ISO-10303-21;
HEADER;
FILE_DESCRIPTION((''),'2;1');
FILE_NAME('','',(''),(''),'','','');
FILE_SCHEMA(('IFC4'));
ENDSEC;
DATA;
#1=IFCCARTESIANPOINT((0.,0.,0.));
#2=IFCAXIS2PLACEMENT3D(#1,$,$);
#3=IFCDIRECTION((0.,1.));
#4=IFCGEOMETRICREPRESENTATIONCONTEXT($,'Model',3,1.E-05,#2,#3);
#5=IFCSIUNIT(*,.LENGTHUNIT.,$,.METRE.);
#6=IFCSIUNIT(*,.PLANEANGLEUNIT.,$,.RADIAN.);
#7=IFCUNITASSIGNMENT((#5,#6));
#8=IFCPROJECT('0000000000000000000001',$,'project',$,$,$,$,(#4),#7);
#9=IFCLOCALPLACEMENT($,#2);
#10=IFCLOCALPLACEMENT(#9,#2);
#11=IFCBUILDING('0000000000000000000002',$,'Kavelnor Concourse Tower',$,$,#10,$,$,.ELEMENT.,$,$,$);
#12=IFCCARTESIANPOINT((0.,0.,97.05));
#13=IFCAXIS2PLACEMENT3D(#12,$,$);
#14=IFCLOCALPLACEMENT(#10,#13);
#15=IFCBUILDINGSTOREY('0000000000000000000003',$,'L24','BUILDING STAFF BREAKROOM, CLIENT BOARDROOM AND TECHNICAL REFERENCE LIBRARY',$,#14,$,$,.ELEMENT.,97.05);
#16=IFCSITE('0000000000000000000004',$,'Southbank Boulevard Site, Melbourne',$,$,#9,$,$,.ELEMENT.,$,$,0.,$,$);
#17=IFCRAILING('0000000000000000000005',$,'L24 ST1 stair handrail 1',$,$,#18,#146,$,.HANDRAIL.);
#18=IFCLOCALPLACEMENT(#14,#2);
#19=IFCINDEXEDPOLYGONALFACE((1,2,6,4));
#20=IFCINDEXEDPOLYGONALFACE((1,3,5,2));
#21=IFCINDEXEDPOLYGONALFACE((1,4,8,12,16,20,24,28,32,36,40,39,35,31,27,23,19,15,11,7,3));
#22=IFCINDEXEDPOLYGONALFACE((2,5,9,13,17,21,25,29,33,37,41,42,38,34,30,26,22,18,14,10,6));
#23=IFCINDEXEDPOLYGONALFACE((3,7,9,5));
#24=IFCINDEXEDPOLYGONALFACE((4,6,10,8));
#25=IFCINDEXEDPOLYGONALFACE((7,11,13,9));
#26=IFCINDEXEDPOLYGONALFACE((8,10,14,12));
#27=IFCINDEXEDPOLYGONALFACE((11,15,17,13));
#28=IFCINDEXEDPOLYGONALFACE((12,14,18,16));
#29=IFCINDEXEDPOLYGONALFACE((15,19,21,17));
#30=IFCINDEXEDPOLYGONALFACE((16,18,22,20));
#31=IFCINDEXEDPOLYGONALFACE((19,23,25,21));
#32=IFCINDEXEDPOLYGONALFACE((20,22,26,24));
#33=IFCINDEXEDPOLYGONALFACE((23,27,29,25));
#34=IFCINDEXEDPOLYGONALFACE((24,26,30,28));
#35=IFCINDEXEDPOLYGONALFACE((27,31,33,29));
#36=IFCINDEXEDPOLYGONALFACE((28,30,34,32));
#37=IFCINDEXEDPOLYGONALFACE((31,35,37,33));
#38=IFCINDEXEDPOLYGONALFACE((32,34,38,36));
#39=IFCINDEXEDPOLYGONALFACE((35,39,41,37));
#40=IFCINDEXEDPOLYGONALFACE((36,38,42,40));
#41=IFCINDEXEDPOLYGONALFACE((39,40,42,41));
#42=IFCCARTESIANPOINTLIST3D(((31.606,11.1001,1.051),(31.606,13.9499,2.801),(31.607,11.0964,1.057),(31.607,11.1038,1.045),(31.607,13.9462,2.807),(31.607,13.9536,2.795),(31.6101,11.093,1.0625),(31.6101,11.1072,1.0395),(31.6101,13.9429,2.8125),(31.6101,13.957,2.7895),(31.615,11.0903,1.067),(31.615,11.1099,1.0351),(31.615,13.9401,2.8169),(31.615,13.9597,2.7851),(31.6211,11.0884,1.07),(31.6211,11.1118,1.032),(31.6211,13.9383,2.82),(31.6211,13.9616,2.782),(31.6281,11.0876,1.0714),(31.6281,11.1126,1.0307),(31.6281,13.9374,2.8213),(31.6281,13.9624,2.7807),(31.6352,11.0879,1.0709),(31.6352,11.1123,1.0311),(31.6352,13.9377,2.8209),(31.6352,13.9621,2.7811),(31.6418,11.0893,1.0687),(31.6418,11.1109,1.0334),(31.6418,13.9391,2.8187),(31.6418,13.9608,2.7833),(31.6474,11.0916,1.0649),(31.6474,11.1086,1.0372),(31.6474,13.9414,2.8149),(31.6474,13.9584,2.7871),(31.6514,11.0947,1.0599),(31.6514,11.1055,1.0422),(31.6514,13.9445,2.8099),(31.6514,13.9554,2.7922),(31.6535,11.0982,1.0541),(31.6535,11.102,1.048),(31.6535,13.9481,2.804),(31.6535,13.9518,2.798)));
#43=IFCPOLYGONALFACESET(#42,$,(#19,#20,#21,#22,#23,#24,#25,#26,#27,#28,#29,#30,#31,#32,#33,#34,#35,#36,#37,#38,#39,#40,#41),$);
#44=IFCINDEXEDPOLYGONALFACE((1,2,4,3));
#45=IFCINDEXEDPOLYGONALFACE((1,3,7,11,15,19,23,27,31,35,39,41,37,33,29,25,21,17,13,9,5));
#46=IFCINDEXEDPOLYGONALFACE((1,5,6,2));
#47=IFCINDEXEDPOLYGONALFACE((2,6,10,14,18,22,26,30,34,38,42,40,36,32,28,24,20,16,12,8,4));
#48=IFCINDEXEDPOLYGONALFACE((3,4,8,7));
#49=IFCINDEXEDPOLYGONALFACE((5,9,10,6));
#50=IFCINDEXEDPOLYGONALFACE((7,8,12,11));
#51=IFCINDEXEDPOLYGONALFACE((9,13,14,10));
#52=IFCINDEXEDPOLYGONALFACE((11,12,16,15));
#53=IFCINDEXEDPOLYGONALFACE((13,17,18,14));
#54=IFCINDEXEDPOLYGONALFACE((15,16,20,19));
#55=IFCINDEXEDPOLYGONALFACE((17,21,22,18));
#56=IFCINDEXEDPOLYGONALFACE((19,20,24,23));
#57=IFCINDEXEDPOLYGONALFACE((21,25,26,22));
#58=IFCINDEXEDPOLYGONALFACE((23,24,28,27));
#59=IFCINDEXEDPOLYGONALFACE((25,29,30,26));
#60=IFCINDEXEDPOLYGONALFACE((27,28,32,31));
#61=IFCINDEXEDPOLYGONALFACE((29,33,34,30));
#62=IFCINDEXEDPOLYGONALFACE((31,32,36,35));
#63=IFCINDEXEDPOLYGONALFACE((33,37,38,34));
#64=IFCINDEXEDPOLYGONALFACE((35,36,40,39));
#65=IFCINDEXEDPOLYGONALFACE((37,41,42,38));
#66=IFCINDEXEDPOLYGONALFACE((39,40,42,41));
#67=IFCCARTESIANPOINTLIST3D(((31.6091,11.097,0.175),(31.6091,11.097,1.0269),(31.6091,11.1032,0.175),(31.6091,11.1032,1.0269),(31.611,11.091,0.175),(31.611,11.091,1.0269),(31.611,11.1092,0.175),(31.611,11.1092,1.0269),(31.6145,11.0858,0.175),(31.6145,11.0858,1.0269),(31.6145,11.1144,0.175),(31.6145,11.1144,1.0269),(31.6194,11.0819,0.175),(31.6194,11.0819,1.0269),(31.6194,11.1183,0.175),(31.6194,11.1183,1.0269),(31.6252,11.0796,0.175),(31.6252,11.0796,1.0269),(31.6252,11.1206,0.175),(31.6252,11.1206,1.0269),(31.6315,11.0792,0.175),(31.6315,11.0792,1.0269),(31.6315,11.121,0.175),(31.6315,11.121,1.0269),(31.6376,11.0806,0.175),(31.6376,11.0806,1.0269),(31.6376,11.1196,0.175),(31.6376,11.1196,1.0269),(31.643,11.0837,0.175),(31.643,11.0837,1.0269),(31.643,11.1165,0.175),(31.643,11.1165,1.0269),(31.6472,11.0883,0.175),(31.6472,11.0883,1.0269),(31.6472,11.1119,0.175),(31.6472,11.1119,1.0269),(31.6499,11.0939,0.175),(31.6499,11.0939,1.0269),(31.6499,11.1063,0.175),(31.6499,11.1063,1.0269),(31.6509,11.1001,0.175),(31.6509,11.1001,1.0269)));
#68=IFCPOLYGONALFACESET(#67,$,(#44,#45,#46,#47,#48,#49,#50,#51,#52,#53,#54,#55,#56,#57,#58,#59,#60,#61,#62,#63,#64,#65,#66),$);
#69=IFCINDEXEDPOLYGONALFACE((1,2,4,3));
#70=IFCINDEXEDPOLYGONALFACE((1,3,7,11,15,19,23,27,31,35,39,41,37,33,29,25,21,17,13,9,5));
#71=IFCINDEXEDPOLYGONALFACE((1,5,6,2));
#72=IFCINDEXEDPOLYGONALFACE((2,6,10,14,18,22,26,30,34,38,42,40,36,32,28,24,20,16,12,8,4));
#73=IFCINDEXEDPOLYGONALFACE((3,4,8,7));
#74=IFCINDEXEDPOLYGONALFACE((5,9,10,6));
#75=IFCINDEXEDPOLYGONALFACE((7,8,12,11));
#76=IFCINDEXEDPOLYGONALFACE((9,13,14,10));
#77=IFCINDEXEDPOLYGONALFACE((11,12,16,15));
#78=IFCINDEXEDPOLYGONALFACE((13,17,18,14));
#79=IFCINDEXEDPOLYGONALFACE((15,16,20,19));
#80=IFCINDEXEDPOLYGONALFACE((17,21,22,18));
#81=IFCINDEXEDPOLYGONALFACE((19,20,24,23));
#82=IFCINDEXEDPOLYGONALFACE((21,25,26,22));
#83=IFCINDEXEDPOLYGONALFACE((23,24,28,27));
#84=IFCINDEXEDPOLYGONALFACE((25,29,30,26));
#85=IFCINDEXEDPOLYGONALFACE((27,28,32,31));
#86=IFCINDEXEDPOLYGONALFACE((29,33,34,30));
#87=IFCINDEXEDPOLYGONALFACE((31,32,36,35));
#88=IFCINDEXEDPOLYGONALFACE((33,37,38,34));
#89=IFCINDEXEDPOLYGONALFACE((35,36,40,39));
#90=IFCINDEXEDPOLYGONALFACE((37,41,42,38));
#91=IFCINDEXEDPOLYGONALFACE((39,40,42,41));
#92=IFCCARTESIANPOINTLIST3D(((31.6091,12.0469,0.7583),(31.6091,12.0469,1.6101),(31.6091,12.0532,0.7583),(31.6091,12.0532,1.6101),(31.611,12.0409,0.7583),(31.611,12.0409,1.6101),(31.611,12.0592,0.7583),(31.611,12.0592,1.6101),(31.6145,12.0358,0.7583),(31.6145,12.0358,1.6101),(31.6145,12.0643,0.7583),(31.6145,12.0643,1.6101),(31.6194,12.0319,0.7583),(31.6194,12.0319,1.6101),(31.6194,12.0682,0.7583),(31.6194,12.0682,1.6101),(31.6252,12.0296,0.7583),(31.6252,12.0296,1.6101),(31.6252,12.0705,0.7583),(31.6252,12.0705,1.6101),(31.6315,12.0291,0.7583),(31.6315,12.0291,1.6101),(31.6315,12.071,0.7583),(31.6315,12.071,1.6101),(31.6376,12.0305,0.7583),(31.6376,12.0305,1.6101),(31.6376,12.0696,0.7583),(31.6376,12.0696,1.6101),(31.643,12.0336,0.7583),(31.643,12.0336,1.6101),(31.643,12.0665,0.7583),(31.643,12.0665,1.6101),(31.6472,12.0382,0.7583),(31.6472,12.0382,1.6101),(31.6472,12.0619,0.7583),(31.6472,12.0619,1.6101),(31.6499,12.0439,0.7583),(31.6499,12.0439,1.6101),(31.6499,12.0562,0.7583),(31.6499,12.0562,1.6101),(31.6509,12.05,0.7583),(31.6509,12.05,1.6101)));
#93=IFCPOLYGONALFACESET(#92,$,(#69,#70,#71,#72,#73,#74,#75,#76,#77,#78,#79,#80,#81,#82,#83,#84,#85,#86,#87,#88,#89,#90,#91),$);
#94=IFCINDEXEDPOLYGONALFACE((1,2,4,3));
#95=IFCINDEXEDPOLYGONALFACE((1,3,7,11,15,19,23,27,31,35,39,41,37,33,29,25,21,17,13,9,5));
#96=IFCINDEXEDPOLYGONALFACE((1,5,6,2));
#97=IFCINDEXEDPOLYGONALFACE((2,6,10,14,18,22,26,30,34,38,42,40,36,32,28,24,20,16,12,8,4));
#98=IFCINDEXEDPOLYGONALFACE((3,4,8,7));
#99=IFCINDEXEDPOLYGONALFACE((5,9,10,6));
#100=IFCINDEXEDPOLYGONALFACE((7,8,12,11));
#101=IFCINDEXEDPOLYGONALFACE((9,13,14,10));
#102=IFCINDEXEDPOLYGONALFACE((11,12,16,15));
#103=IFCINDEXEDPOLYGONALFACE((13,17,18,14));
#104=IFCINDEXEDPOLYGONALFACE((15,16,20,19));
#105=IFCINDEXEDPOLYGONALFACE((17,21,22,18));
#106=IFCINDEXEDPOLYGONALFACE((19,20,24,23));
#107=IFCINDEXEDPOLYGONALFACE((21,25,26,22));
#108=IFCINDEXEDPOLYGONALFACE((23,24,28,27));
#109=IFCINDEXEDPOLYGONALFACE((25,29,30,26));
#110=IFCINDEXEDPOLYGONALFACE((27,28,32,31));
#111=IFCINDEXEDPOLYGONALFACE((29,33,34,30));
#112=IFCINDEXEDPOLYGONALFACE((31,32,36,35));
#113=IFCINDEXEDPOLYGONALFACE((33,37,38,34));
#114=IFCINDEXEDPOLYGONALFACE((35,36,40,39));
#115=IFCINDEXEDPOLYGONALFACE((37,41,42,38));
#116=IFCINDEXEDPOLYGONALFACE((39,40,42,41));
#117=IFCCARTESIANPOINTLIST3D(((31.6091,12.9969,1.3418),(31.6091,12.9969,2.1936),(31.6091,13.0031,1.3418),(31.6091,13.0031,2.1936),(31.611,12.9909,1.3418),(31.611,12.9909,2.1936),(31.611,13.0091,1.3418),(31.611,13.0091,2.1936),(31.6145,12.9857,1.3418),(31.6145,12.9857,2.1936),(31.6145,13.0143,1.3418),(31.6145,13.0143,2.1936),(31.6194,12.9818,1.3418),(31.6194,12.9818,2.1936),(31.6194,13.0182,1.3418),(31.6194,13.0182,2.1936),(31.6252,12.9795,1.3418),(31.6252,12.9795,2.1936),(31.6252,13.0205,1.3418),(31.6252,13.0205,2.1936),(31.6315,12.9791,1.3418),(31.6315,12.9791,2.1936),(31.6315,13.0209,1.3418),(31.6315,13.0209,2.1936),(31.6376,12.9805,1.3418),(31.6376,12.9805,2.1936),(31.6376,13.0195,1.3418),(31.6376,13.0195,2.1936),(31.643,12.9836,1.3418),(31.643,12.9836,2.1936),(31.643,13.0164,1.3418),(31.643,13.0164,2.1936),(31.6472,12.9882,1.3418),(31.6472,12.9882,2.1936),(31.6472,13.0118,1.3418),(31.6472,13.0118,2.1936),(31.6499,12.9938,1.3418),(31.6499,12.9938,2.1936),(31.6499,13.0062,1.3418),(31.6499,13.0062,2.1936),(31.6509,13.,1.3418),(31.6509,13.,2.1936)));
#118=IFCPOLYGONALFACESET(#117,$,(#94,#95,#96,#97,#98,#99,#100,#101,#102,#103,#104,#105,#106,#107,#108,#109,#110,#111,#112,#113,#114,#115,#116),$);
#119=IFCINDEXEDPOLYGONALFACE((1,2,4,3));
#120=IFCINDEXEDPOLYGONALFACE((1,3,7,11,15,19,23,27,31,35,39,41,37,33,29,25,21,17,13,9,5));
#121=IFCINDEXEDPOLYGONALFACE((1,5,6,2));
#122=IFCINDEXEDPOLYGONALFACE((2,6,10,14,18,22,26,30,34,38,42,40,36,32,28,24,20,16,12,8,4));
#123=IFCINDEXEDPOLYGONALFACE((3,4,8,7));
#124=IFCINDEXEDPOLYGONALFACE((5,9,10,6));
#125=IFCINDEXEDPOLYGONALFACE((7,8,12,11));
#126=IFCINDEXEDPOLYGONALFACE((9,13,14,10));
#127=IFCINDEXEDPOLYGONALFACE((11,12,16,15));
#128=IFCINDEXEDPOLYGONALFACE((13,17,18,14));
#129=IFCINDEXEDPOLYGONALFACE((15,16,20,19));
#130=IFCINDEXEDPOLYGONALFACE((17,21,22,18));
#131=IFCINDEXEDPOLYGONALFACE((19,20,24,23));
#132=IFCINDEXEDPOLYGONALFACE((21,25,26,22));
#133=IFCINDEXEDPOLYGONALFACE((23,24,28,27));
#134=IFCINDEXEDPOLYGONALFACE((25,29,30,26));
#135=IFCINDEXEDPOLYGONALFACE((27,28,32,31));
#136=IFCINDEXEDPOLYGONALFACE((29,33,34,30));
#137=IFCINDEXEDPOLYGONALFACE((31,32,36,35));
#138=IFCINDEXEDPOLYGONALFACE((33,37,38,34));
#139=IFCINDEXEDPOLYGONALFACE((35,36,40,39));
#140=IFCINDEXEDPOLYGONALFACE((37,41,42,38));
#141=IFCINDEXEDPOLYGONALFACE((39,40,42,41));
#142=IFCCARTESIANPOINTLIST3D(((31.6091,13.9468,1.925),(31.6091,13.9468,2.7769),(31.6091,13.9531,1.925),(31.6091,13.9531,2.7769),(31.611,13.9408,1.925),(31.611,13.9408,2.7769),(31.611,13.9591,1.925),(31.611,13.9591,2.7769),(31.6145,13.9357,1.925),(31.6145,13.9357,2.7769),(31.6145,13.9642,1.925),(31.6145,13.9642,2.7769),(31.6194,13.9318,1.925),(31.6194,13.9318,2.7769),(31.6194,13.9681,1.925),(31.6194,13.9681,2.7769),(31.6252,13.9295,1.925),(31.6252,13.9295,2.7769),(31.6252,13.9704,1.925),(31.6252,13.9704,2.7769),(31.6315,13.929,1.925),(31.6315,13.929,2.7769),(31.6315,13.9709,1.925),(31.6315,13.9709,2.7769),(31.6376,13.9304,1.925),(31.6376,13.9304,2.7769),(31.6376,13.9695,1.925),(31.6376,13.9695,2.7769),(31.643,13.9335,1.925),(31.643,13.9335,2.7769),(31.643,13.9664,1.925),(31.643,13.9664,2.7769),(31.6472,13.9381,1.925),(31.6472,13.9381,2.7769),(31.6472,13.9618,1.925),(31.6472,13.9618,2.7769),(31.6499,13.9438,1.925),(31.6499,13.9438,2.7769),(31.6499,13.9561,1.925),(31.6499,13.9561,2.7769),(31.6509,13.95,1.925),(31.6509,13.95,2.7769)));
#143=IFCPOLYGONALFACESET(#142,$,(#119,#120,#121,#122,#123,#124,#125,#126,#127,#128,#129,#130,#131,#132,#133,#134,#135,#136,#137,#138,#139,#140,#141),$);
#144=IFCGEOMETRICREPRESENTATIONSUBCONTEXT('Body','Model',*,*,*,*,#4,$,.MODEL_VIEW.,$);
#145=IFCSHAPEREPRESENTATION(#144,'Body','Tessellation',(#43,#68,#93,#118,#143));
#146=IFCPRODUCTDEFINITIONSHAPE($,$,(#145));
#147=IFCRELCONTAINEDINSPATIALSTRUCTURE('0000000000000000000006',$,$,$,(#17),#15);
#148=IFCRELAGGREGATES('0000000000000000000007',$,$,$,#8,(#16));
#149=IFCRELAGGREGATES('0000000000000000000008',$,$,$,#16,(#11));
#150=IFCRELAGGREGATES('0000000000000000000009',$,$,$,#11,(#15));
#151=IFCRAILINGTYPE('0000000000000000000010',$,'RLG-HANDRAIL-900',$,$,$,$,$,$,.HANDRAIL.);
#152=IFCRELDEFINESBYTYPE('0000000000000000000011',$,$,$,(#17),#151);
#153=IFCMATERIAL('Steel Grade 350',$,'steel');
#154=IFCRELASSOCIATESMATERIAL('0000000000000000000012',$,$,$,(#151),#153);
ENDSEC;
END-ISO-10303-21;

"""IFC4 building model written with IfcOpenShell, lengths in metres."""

from ifc_helpers import new_model, si_unit, direction, frame, origin, origin_2d, place, context, subcontext, project, spatial, circle, extrude, material, type_object, element, save


model = new_model("IFC4")

# Units and contexts
model_context = context("Model", 3, precision=1e-05, world=origin(), true_north=direction((0.0, 1.0)))
body_context = subcontext(model_context, "Body", "Model", "MODEL_VIEW")
ifc_project = project(units=[si_unit("LENGTHUNIT", "METRE"), si_unit("PLANEANGLEUNIT", "RADIAN")], contexts=[model_context])

# Site, building, storey
site_placement = place(None, origin())
site = spatial("IfcSite", under=ifc_project, at=site_placement, Name="Southbank Boulevard Site, Melbourne", CompositionType="ELEMENT", RefElevation=0.0)
building_placement = place(site_placement, origin())
building = spatial("IfcBuilding", under=site, at=building_placement, Name="Kavelnor Concourse Tower", CompositionType="ELEMENT")
storey_placement = place(building_placement, frame((0.0, 0.0, 97.05)))
storey = spatial("IfcBuildingStorey", under=building, at=storey_placement, Name="L24", Description="BUILDING STAFF BREAKROOM, CLIENT BOARDROOM AND TECHNICAL REFERENCE LIBRARY", CompositionType="ELEMENT", Elevation=97.05)

# Shared definitions
ifc_material_1 = material(Name="Steel Grade 350", Category="steel")

# Railing
railing_type_1 = type_object("IfcRailingType", Name="RLG-HANDRAIL-900", PredefinedType="HANDRAIL", material=ifc_material_1)
railing_1_placement = place(storey_placement, frame((31.6299, 11.1001, 0.175)))
element("IfcRailing", 1, at=railing_1_placement, inside=storey, type_object=railing_type_1, Name="L24 ST1 stair handrail 1", PredefinedType="HANDRAIL", context=body_context, shape_type="SweptSolid", body=[
    extrude(circle(Radius=0.0239, at=origin_2d()), frame((0.0, 0.0, 0.876), z_axis=(0.0, 0.852159, 0.523283), x_axis=(-1.0, 0.0, 0.0)), (0.0, 0.0, 1.0), 3.3442),
    extrude(circle(Radius=0.021, at=origin_2d()), origin(), (0.0, 0.0, 1.0), 0.8518),
    extrude(circle(Radius=0.021, at=origin_2d()), frame((0.0, 0.95, 0.5833)), (0.0, 0.0, 1.0), 0.8518),
    extrude(circle(Radius=0.021, at=origin_2d()), frame((0.0, 1.8999, 1.1667)), (0.0, 0.0, 1.0), 0.8518),
    extrude(circle(Radius=0.021, at=origin_2d()), frame((0.0, 2.8499, 1.75)), (0.0, 0.0, 1.0), 0.8518),
])

save(model, "model.ifc")
